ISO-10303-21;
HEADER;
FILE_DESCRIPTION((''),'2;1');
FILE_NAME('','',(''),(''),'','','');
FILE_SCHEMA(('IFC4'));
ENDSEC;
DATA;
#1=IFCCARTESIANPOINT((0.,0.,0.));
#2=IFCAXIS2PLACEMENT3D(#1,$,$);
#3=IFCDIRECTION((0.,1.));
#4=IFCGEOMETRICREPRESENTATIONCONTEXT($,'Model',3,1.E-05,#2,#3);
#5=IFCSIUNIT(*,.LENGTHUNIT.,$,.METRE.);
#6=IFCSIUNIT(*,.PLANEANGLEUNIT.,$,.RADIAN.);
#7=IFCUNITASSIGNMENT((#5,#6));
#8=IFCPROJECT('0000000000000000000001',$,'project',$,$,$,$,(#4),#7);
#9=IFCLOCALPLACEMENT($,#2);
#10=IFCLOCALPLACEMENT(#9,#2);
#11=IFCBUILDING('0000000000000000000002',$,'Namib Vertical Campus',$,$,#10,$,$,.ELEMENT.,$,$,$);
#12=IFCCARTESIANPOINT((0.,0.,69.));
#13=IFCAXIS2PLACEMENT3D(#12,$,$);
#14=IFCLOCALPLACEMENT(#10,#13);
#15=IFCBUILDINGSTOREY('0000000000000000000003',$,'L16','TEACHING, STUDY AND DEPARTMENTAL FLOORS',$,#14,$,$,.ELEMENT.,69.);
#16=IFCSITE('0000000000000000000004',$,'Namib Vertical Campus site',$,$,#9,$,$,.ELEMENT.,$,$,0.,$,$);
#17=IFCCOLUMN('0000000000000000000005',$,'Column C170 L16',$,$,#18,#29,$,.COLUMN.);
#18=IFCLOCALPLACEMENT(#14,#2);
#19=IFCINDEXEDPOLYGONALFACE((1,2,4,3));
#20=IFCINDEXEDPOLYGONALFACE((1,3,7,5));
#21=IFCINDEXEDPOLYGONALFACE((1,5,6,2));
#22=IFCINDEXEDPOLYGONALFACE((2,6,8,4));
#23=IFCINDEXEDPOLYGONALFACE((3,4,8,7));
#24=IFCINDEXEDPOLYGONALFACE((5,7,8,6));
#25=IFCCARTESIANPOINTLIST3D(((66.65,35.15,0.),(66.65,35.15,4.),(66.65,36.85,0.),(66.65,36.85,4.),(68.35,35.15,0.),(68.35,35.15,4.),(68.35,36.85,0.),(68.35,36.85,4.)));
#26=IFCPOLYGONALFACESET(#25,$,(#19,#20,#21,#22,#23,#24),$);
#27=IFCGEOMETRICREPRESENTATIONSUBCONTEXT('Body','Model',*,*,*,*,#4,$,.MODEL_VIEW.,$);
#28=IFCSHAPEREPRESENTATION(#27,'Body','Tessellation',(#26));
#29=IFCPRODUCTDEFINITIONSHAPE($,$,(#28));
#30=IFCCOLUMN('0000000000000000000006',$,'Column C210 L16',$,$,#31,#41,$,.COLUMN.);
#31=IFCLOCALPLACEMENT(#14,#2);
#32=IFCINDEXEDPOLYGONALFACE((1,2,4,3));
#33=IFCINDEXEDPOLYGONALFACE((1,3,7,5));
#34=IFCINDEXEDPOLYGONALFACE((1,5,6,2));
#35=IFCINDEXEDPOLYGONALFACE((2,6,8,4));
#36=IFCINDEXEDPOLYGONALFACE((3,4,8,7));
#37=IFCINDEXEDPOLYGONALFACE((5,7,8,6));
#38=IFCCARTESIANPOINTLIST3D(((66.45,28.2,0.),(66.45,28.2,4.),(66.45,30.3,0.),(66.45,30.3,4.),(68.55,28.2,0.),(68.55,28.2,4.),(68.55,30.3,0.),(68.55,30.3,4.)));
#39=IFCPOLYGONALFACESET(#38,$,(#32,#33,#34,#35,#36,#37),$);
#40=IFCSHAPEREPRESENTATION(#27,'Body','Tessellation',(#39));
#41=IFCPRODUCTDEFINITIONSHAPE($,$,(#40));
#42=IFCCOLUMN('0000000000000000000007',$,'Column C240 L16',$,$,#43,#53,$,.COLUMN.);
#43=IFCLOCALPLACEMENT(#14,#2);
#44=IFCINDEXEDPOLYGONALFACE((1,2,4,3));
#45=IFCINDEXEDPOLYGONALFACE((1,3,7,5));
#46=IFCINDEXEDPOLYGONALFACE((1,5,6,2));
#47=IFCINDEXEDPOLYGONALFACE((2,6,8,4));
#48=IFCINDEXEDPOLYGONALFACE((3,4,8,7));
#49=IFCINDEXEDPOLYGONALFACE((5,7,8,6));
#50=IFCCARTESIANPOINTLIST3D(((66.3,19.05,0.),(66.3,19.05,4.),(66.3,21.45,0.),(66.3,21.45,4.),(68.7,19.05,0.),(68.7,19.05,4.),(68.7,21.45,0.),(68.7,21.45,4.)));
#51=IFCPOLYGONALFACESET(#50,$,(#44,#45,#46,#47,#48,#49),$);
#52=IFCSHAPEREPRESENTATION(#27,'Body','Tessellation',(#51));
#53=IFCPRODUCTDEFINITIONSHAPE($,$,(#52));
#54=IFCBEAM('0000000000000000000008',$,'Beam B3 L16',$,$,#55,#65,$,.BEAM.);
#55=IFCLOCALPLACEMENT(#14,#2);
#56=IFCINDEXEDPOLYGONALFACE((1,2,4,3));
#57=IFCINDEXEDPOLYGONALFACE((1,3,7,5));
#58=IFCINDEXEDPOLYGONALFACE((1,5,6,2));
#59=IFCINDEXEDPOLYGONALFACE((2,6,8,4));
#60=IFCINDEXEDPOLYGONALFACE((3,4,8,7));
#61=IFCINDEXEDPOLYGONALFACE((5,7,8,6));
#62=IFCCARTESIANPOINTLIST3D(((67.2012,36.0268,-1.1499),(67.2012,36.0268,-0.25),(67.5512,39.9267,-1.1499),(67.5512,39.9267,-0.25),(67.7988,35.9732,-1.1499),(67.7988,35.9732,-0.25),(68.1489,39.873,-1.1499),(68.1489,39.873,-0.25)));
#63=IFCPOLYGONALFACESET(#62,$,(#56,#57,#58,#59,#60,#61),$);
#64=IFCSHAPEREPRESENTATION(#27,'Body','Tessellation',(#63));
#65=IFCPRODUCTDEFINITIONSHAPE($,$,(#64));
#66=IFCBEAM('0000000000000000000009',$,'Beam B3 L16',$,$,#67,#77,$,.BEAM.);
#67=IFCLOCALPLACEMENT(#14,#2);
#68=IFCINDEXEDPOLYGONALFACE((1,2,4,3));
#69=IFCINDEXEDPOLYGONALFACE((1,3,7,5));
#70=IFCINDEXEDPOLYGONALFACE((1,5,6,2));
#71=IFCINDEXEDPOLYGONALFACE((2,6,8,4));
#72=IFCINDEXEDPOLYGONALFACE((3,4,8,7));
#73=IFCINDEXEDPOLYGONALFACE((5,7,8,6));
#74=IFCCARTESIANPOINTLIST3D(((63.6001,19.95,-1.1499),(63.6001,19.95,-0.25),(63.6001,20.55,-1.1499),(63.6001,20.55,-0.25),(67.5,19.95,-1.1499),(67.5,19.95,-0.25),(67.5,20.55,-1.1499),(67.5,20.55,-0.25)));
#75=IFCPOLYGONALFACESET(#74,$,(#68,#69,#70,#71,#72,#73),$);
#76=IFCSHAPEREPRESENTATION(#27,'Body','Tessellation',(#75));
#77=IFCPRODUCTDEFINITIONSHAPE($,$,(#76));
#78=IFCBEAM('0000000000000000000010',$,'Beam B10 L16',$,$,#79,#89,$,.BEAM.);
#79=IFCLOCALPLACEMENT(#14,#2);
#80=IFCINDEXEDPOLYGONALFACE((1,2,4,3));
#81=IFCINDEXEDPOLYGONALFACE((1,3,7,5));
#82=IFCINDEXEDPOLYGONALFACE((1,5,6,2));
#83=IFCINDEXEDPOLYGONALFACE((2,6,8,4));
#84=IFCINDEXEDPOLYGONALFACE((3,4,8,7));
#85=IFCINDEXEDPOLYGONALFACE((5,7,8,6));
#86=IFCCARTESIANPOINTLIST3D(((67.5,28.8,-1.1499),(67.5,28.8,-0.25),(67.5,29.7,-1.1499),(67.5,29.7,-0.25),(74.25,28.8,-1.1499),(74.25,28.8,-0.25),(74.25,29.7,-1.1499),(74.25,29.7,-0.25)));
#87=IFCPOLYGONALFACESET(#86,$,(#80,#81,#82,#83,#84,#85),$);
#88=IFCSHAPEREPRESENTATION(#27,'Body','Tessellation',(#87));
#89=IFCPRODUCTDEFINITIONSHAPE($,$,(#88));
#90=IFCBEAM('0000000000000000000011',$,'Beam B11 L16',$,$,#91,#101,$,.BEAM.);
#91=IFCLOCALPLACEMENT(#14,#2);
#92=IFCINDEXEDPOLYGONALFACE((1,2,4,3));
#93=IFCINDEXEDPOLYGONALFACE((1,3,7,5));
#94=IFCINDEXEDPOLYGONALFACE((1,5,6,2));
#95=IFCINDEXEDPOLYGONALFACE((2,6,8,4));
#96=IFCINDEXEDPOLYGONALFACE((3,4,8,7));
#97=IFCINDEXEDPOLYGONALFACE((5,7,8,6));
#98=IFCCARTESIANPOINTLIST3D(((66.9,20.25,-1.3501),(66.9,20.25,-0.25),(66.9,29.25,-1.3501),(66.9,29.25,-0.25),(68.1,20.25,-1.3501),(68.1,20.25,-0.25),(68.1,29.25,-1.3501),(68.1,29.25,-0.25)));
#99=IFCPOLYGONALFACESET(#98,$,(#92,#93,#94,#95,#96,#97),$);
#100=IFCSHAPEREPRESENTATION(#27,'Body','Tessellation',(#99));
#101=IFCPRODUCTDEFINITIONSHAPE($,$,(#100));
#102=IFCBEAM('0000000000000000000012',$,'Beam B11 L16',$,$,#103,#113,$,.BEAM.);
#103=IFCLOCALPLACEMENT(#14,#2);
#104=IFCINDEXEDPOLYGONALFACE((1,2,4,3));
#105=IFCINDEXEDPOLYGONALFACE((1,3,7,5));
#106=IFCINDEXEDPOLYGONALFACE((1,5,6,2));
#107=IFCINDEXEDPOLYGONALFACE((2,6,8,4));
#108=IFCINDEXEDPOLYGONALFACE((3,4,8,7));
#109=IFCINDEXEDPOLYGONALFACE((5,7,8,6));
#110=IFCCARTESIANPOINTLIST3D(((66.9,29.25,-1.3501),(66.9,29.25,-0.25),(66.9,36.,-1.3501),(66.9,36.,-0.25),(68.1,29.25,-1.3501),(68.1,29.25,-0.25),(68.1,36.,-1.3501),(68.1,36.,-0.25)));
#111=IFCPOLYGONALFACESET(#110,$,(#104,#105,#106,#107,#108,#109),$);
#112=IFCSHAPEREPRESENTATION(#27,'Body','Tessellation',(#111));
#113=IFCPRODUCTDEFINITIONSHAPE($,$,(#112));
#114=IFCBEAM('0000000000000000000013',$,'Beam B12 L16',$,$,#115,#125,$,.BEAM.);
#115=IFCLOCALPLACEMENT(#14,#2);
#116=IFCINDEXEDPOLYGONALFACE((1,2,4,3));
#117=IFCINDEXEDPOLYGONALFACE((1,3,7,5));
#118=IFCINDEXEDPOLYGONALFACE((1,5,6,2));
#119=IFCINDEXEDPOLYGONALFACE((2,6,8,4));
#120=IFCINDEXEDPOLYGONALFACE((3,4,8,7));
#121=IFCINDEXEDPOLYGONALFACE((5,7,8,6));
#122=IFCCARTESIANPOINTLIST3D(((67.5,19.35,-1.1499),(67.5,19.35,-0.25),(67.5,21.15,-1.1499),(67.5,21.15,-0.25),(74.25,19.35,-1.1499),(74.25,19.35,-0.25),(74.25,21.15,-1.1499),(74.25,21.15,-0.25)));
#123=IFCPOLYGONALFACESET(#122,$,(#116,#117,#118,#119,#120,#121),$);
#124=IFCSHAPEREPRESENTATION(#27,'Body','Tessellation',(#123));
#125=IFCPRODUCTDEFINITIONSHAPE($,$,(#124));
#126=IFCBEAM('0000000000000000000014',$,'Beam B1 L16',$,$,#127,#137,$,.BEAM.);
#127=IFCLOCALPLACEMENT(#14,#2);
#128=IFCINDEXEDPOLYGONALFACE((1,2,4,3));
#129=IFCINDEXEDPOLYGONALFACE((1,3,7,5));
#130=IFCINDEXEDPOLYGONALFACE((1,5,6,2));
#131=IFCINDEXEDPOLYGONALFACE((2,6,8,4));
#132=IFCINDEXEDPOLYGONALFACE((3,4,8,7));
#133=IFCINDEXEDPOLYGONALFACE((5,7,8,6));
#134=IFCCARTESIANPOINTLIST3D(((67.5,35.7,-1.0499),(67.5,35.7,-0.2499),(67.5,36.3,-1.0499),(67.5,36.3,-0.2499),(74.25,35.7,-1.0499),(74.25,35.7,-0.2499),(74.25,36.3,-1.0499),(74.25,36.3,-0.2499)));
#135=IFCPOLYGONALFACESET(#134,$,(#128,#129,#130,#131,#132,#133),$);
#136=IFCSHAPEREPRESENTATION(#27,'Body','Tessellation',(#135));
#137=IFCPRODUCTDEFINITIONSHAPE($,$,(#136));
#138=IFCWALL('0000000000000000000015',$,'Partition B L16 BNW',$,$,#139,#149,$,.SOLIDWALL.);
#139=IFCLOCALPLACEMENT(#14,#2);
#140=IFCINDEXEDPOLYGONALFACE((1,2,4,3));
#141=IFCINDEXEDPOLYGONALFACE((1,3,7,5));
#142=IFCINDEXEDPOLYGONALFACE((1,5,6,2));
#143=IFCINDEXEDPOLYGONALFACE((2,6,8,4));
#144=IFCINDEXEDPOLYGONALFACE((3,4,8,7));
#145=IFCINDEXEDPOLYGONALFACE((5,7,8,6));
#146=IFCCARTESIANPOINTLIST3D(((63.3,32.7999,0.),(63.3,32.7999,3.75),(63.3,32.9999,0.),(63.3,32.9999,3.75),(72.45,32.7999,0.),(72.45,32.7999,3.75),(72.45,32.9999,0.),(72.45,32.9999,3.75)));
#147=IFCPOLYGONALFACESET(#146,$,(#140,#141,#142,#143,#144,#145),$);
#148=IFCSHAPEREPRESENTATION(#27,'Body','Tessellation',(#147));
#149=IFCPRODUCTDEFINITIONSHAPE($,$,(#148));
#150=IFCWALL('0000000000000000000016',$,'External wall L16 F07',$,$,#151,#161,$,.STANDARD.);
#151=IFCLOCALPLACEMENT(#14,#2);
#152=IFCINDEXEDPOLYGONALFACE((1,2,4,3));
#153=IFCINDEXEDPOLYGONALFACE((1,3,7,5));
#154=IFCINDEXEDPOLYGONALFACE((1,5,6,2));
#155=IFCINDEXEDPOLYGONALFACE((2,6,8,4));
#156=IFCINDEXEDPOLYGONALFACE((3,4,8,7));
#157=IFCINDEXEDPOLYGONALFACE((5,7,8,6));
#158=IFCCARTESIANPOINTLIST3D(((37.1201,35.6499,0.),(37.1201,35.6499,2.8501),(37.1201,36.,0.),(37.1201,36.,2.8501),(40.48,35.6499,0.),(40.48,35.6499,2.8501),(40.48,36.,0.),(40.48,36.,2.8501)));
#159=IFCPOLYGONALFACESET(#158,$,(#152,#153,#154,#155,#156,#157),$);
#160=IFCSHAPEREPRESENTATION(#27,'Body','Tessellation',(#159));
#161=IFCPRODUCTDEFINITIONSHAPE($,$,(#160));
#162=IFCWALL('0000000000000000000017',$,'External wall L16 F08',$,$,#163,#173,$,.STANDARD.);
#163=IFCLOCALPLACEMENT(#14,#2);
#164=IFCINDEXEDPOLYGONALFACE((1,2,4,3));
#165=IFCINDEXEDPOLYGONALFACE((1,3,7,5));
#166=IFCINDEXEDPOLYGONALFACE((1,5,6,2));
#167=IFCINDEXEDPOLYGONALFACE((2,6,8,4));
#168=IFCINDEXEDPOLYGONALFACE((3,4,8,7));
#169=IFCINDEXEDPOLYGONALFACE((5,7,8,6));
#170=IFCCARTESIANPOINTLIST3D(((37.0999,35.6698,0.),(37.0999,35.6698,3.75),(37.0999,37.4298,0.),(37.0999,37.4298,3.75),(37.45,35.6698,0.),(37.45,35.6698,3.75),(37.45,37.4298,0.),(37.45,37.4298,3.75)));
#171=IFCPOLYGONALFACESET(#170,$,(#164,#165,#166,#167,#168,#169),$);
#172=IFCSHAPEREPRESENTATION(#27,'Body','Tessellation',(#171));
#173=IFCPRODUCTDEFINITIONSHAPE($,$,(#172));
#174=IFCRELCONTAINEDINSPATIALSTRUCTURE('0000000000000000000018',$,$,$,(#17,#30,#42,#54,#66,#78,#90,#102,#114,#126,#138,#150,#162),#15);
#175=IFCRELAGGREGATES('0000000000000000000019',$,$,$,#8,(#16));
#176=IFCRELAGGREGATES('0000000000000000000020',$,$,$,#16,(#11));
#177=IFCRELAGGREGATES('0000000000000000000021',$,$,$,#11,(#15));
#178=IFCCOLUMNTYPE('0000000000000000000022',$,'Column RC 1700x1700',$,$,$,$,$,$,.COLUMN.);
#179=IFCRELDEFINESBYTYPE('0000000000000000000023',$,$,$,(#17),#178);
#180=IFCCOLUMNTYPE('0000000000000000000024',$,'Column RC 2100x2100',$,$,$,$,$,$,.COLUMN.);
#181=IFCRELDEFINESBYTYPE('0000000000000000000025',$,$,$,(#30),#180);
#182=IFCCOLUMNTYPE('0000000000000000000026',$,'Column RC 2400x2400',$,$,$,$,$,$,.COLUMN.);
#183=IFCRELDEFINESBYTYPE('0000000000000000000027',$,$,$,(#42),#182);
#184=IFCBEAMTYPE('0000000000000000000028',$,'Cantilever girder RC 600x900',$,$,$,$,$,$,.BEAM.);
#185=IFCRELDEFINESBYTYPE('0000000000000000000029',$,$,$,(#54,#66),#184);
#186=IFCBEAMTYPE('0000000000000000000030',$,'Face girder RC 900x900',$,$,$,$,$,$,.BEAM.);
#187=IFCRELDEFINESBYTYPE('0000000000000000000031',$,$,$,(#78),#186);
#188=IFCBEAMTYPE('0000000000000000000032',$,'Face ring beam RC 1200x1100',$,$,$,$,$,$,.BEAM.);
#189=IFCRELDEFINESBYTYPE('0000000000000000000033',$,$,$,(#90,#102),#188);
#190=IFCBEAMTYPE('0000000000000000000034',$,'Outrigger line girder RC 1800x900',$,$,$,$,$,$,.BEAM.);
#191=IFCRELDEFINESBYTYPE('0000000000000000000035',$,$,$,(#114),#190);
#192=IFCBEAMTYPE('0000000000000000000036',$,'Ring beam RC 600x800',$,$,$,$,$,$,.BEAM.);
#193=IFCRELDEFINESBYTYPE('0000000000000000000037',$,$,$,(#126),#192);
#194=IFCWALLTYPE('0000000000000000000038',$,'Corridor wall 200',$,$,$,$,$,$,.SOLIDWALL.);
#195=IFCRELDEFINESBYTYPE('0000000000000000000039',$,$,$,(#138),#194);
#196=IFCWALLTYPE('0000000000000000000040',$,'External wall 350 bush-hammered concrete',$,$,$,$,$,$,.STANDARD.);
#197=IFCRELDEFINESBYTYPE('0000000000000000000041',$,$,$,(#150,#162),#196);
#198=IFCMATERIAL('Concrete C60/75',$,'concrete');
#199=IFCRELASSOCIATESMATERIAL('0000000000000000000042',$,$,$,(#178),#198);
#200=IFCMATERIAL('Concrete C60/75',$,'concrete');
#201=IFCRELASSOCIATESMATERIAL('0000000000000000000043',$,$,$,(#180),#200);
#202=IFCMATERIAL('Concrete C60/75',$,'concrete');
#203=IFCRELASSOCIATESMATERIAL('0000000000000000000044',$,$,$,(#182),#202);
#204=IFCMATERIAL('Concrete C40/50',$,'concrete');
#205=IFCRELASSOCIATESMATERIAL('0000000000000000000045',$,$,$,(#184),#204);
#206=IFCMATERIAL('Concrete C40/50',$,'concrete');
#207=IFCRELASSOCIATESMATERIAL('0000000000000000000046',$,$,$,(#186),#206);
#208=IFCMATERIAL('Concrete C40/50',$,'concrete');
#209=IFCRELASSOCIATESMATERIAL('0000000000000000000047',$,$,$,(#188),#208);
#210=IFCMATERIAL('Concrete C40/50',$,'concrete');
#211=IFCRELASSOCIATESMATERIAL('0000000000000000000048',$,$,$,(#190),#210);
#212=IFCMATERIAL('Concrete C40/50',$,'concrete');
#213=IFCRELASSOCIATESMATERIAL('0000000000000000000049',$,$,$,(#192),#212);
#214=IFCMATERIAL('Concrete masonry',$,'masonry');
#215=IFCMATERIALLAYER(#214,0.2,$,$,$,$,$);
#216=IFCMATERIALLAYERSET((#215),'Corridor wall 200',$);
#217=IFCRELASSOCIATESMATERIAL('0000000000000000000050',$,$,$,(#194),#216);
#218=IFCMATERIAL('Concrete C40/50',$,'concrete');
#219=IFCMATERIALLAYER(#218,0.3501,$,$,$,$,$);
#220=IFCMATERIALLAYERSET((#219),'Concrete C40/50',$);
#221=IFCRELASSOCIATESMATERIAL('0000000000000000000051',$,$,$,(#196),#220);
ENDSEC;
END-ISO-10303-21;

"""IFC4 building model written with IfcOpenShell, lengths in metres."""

from ifc_helpers import new_model, si_unit, direction, frame, frame_2d, origin, origin_2d, place, context, subcontext, project, spatial, rectangle, extrude, material, layer, layer_set, material_profile, profile_set, type_object, element, save


model = new_model("IFC4")

# Units and contexts
model_context = context("Model", 3, precision=1e-05, world=origin(), true_north=direction((0.0, 1.0)))
body_context = subcontext(model_context, "Body", "Model", "MODEL_VIEW")
ifc_project = project(units=[si_unit("LENGTHUNIT", "METRE"), si_unit("PLANEANGLEUNIT", "RADIAN")], contexts=[model_context])

# Site, building, storey
site_placement = place(None, origin())
site = spatial("IfcSite", under=ifc_project, at=site_placement, Name="Namib Vertical Campus site", CompositionType="ELEMENT", RefElevation=0.0)
building_placement = place(site_placement, origin())
building = spatial("IfcBuilding", under=site, at=building_placement, Name="Namib Vertical Campus", CompositionType="ELEMENT")
storey_placement = place(building_placement, frame((0.0, 0.0, 69.0)))
storey = spatial("IfcBuildingStorey", under=building, at=storey_placement, Name="L16", Description="TEACHING, STUDY AND DEPARTMENTAL FLOORS", CompositionType="ELEMENT", Elevation=69.0)

# Columns
ifc_material_1 = material(Name="Concrete C60/75", Category="concrete")
ifc_material_profile_1 = material_profile(ifc_material_1, rectangle(XDim=1.7, YDim=1.7, at=origin_2d()))
ifc_profile_set_1 = profile_set([ifc_material_profile_1], Name="Concrete C60/75")
column_type_1 = type_object("IfcColumnType", Name="Column RC 1700x1700", PredefinedType="COLUMN", material=ifc_profile_set_1)
column_1_placement = place(storey_placement, frame((67.5, 36.0, 0.0), z_axis=(0.0, 0.0, 1.0), x_axis=(1.0, 0.0, 0.0)))
element("IfcColumn", 1, at=column_1_placement, inside=storey, type_object=column_type_1, Name="Column C170 L16", PredefinedType="COLUMN", context=body_context, shape_type="SweptSolid", body=[
    extrude(rectangle(XDim=1.7, YDim=1.7, at=origin_2d()), origin(), (0.0, 0.0, 1.0), 4.0),
])
ifc_material_2 = material(Name="Concrete C60/75", Category="concrete")
ifc_material_profile_2 = material_profile(ifc_material_2, rectangle(XDim=2.1001, YDim=2.1001, at=origin_2d()))
ifc_profile_set_2 = profile_set([ifc_material_profile_2], Name="Concrete C60/75")
column_type_2 = type_object("IfcColumnType", Name="Column RC 2100x2100", PredefinedType="COLUMN", material=ifc_profile_set_2)
column_2_placement = place(storey_placement, frame((67.5, 29.25, 0.0), z_axis=(0.0, 0.0, 1.0), x_axis=(1.0, 0.0, 0.0)))
element("IfcColumn", 2, at=column_2_placement, inside=storey, type_object=column_type_2, Name="Column C210 L16", PredefinedType="COLUMN", context=body_context, shape_type="SweptSolid", body=[
    extrude(rectangle(XDim=2.1001, YDim=2.1001, at=origin_2d()), origin(), (0.0, 0.0, 1.0), 4.0),
])
ifc_material_3 = material(Name="Concrete C60/75", Category="concrete")
ifc_material_profile_3 = material_profile(ifc_material_3, rectangle(XDim=2.3999, YDim=2.3999, at=origin_2d()))
ifc_profile_set_3 = profile_set([ifc_material_profile_3], Name="Concrete C60/75")
column_type_3 = type_object("IfcColumnType", Name="Column RC 2400x2400", PredefinedType="COLUMN", material=ifc_profile_set_3)
column_3_placement = place(storey_placement, frame((67.5, 20.25, 0.0), z_axis=(0.0, 0.0, 1.0), x_axis=(1.0, 0.0, 0.0)))
element("IfcColumn", 3, at=column_3_placement, inside=storey, type_object=column_type_3, Name="Column C240 L16", PredefinedType="COLUMN", context=body_context, shape_type="SweptSolid", body=[
    extrude(rectangle(XDim=2.3999, YDim=2.3999, at=origin_2d()), origin(), (0.0, 0.0, 1.0), 4.0),
])

# Beams
ifc_material_4 = material(Name="Concrete C40/50", Category="concrete")
ifc_material_profile_4 = material_profile(ifc_material_4, rectangle(XDim=0.6001, YDim=0.8999, at=origin_2d()))
ifc_profile_set_4 = profile_set([ifc_material_profile_4], Name="Concrete C40/50")
beam_type_1 = type_object("IfcBeamType", Name="Cantilever girder RC 600x900", PredefinedType="BEAM", material=ifc_profile_set_4)
beam_1_placement = place(storey_placement, frame((67.5, 36.0, -0.7), z_axis=(0.089411, 0.995995, 0.0), x_axis=(-0.995995, 0.089411, 0.0)))
element("IfcBeam", 4, at=beam_1_placement, inside=storey, type_object=beam_type_1, Name="Beam B3 L16", PredefinedType="BEAM", context=body_context, shape_type="SweptSolid", body=[
    extrude(rectangle(XDim=0.6001, YDim=0.8999, at=origin_2d()), origin(), (0.0, 0.0, 1.0), 3.9155),
])
beam_2_placement = place(storey_placement, frame((67.5, 20.25, -0.7), z_axis=(-1.0, 0.0, 0.0), x_axis=(0.0, -1.0, 0.0)))
element("IfcBeam", 5, at=beam_2_placement, inside=storey, type_object=beam_type_1, Name="Beam B3 L16", PredefinedType="BEAM", context=body_context, shape_type="SweptSolid", body=[
    extrude(rectangle(XDim=0.6001, YDim=0.8999, at=origin_2d()), origin(), (0.0, 0.0, 1.0), 3.8999),
])
ifc_material_5 = material(Name="Concrete C40/50", Category="concrete")
ifc_material_profile_5 = material_profile(ifc_material_5, rectangle(XDim=0.8999, YDim=0.8999, at=origin_2d()))
ifc_profile_set_5 = profile_set([ifc_material_profile_5], Name="Concrete C40/50")
beam_type_2 = type_object("IfcBeamType", Name="Face girder RC 900x900", PredefinedType="BEAM", material=ifc_profile_set_5)
beam_3_placement = place(storey_placement, frame((67.5, 29.25, -0.7), z_axis=(1.0, 0.0, 0.0), x_axis=(0.0, 1.0, 0.0)))
element("IfcBeam", 6, at=beam_3_placement, inside=storey, type_object=beam_type_2, Name="Beam B10 L16", PredefinedType="BEAM", context=body_context, shape_type="SweptSolid", body=[
    extrude(rectangle(XDim=0.8999, YDim=0.8999, at=origin_2d()), origin(), (0.0, 0.0, 1.0), 6.75),
])
ifc_material_6 = material(Name="Concrete C40/50", Category="concrete")
ifc_material_profile_6 = material_profile(ifc_material_6, rectangle(XDim=1.2, YDim=1.1001, at=origin_2d()))
ifc_profile_set_6 = profile_set([ifc_material_profile_6], Name="Concrete C40/50")
beam_type_3 = type_object("IfcBeamType", Name="Face ring beam RC 1200x1100", PredefinedType="BEAM", material=ifc_profile_set_6)
beam_4_placement = place(storey_placement, frame((67.5, 20.25, -0.8), z_axis=(0.0, 1.0, 0.0), x_axis=(-1.0, 0.0, 0.0)))
element("IfcBeam", 7, at=beam_4_placement, inside=storey, type_object=beam_type_3, Name="Beam B11 L16", PredefinedType="BEAM", context=body_context, shape_type="SweptSolid", body=[
    extrude(rectangle(XDim=1.2, YDim=1.1001, at=origin_2d()), origin(), (0.0, 0.0, 1.0), 9.0),
])
beam_5_placement = place(storey_placement, frame((67.5, 29.25, -0.8), z_axis=(0.0, 1.0, 0.0), x_axis=(-1.0, 0.0, 0.0)))
element("IfcBeam", 8, at=beam_5_placement, inside=storey, type_object=beam_type_3, Name="Beam B11 L16", PredefinedType="BEAM", context=body_context, shape_type="SweptSolid", body=[
    extrude(rectangle(XDim=1.2, YDim=1.1001, at=origin_2d()), origin(), (0.0, 0.0, 1.0), 6.75),
])
ifc_material_7 = material(Name="Concrete C40/50", Category="concrete")
ifc_material_profile_7 = material_profile(ifc_material_7, rectangle(XDim=1.8, YDim=0.8999, at=origin_2d()))
ifc_profile_set_7 = profile_set([ifc_material_profile_7], Name="Concrete C40/50")
beam_type_4 = type_object("IfcBeamType", Name="Outrigger line girder RC 1800x900", PredefinedType="BEAM", material=ifc_profile_set_7)
beam_6_placement = place(storey_placement, frame((67.5, 20.25, -0.7), z_axis=(1.0, 0.0, 0.0), x_axis=(0.0, 1.0, 0.0)))
element("IfcBeam", 9, at=beam_6_placement, inside=storey, type_object=beam_type_4, Name="Beam B12 L16", PredefinedType="BEAM", context=body_context, shape_type="SweptSolid", body=[
    extrude(rectangle(XDim=1.8, YDim=0.8999, at=origin_2d()), origin(), (0.0, 0.0, 1.0), 6.75),
])
ifc_material_8 = material(Name="Concrete C40/50", Category="concrete")
ifc_material_profile_8 = material_profile(ifc_material_8, rectangle(XDim=0.6001, YDim=0.8, at=origin_2d()))
ifc_profile_set_8 = profile_set([ifc_material_profile_8], Name="Concrete C40/50")
beam_type_5 = type_object("IfcBeamType", Name="Ring beam RC 600x800", PredefinedType="BEAM", material=ifc_profile_set_8)
beam_7_placement = place(storey_placement, frame((67.5, 36.0, -0.6499), z_axis=(1.0, 0.0, 0.0), x_axis=(0.0, 1.0, 0.0)))
element("IfcBeam", 10, at=beam_7_placement, inside=storey, type_object=beam_type_5, Name="Beam B1 L16", PredefinedType="BEAM", context=body_context, shape_type="SweptSolid", body=[
    extrude(rectangle(XDim=0.6001, YDim=0.8, at=origin_2d()), origin(), (0.0, 0.0, 1.0), 6.75),
])

# Walls
ifc_material_9 = material(Name="Concrete masonry", Category="masonry")
ifc_layer_1 = layer(ifc_material_9, 0.2)
ifc_layer_set_1 = layer_set([ifc_layer_1], Name="Corridor wall 200")
wall_type_1 = type_object("IfcWallType", Name="Corridor wall 200", PredefinedType="SOLIDWALL", material=ifc_layer_set_1)
wall_1_placement = place(storey_placement, frame((63.3, 32.8999, 0.0), z_axis=(0.0, 0.0, 1.0), x_axis=(1.0, 0.0, 0.0)))
element("IfcWall", 11, at=wall_1_placement, inside=storey, type_object=wall_type_1, Name="Partition B L16 BNW", PredefinedType="SOLIDWALL", context=body_context, shape_type="SweptSolid", body=[
    extrude(rectangle(XDim=9.1499, YDim=0.2, at=frame_2d((4.575, 0.0))), origin(), (0.0, 0.0, 1.0), 3.75),
])
ifc_material_10 = material(Name="Concrete C40/50", Category="concrete")
ifc_layer_2 = layer(ifc_material_10, 0.3501)
ifc_layer_set_2 = layer_set([ifc_layer_2], Name="Concrete C40/50")
wall_type_2 = type_object("IfcWallType", Name="External wall 350 bush-hammered concrete", PredefinedType="STANDARD", material=ifc_layer_set_2)
wall_2_placement = place(storey_placement, frame((40.48, 35.825, 0.0), z_axis=(0.0, 0.0, 1.0), x_axis=(-1.0, 0.0, 0.0)))
element("IfcWall", 12, at=wall_2_placement, inside=storey, type_object=wall_type_2, Name="External wall L16 F07", PredefinedType="STANDARD", context=body_context, shape_type="SweptSolid", body=[
    extrude(rectangle(XDim=3.3599, YDim=0.3501, at=frame_2d((1.6799, 0.0))), origin(), (0.0, 0.0, 1.0), 2.8501),
])
for number, where, z_axis, x_axis, name in (
    (13, (37.2749, 35.6699, 0.0), (0.0, 0.0, 1.0), (0.0, 1.0, 0.0), "External wall L16 F08"),
):
    element("IfcWall", number, at=place(storey_placement, frame(where, z_axis=z_axis, x_axis=x_axis)), inside=storey, type_object=wall_type_2, Name=name, PredefinedType="STANDARD", context=body_context, shape_type="SweptSolid", body=[
        extrude(rectangle(XDim=1.76, YDim=0.3501, at=frame_2d((0.8799, 0.0))), origin(), (0.0, 0.0, 1.0), 3.75),
    ])

save(model, "model.ifc")
